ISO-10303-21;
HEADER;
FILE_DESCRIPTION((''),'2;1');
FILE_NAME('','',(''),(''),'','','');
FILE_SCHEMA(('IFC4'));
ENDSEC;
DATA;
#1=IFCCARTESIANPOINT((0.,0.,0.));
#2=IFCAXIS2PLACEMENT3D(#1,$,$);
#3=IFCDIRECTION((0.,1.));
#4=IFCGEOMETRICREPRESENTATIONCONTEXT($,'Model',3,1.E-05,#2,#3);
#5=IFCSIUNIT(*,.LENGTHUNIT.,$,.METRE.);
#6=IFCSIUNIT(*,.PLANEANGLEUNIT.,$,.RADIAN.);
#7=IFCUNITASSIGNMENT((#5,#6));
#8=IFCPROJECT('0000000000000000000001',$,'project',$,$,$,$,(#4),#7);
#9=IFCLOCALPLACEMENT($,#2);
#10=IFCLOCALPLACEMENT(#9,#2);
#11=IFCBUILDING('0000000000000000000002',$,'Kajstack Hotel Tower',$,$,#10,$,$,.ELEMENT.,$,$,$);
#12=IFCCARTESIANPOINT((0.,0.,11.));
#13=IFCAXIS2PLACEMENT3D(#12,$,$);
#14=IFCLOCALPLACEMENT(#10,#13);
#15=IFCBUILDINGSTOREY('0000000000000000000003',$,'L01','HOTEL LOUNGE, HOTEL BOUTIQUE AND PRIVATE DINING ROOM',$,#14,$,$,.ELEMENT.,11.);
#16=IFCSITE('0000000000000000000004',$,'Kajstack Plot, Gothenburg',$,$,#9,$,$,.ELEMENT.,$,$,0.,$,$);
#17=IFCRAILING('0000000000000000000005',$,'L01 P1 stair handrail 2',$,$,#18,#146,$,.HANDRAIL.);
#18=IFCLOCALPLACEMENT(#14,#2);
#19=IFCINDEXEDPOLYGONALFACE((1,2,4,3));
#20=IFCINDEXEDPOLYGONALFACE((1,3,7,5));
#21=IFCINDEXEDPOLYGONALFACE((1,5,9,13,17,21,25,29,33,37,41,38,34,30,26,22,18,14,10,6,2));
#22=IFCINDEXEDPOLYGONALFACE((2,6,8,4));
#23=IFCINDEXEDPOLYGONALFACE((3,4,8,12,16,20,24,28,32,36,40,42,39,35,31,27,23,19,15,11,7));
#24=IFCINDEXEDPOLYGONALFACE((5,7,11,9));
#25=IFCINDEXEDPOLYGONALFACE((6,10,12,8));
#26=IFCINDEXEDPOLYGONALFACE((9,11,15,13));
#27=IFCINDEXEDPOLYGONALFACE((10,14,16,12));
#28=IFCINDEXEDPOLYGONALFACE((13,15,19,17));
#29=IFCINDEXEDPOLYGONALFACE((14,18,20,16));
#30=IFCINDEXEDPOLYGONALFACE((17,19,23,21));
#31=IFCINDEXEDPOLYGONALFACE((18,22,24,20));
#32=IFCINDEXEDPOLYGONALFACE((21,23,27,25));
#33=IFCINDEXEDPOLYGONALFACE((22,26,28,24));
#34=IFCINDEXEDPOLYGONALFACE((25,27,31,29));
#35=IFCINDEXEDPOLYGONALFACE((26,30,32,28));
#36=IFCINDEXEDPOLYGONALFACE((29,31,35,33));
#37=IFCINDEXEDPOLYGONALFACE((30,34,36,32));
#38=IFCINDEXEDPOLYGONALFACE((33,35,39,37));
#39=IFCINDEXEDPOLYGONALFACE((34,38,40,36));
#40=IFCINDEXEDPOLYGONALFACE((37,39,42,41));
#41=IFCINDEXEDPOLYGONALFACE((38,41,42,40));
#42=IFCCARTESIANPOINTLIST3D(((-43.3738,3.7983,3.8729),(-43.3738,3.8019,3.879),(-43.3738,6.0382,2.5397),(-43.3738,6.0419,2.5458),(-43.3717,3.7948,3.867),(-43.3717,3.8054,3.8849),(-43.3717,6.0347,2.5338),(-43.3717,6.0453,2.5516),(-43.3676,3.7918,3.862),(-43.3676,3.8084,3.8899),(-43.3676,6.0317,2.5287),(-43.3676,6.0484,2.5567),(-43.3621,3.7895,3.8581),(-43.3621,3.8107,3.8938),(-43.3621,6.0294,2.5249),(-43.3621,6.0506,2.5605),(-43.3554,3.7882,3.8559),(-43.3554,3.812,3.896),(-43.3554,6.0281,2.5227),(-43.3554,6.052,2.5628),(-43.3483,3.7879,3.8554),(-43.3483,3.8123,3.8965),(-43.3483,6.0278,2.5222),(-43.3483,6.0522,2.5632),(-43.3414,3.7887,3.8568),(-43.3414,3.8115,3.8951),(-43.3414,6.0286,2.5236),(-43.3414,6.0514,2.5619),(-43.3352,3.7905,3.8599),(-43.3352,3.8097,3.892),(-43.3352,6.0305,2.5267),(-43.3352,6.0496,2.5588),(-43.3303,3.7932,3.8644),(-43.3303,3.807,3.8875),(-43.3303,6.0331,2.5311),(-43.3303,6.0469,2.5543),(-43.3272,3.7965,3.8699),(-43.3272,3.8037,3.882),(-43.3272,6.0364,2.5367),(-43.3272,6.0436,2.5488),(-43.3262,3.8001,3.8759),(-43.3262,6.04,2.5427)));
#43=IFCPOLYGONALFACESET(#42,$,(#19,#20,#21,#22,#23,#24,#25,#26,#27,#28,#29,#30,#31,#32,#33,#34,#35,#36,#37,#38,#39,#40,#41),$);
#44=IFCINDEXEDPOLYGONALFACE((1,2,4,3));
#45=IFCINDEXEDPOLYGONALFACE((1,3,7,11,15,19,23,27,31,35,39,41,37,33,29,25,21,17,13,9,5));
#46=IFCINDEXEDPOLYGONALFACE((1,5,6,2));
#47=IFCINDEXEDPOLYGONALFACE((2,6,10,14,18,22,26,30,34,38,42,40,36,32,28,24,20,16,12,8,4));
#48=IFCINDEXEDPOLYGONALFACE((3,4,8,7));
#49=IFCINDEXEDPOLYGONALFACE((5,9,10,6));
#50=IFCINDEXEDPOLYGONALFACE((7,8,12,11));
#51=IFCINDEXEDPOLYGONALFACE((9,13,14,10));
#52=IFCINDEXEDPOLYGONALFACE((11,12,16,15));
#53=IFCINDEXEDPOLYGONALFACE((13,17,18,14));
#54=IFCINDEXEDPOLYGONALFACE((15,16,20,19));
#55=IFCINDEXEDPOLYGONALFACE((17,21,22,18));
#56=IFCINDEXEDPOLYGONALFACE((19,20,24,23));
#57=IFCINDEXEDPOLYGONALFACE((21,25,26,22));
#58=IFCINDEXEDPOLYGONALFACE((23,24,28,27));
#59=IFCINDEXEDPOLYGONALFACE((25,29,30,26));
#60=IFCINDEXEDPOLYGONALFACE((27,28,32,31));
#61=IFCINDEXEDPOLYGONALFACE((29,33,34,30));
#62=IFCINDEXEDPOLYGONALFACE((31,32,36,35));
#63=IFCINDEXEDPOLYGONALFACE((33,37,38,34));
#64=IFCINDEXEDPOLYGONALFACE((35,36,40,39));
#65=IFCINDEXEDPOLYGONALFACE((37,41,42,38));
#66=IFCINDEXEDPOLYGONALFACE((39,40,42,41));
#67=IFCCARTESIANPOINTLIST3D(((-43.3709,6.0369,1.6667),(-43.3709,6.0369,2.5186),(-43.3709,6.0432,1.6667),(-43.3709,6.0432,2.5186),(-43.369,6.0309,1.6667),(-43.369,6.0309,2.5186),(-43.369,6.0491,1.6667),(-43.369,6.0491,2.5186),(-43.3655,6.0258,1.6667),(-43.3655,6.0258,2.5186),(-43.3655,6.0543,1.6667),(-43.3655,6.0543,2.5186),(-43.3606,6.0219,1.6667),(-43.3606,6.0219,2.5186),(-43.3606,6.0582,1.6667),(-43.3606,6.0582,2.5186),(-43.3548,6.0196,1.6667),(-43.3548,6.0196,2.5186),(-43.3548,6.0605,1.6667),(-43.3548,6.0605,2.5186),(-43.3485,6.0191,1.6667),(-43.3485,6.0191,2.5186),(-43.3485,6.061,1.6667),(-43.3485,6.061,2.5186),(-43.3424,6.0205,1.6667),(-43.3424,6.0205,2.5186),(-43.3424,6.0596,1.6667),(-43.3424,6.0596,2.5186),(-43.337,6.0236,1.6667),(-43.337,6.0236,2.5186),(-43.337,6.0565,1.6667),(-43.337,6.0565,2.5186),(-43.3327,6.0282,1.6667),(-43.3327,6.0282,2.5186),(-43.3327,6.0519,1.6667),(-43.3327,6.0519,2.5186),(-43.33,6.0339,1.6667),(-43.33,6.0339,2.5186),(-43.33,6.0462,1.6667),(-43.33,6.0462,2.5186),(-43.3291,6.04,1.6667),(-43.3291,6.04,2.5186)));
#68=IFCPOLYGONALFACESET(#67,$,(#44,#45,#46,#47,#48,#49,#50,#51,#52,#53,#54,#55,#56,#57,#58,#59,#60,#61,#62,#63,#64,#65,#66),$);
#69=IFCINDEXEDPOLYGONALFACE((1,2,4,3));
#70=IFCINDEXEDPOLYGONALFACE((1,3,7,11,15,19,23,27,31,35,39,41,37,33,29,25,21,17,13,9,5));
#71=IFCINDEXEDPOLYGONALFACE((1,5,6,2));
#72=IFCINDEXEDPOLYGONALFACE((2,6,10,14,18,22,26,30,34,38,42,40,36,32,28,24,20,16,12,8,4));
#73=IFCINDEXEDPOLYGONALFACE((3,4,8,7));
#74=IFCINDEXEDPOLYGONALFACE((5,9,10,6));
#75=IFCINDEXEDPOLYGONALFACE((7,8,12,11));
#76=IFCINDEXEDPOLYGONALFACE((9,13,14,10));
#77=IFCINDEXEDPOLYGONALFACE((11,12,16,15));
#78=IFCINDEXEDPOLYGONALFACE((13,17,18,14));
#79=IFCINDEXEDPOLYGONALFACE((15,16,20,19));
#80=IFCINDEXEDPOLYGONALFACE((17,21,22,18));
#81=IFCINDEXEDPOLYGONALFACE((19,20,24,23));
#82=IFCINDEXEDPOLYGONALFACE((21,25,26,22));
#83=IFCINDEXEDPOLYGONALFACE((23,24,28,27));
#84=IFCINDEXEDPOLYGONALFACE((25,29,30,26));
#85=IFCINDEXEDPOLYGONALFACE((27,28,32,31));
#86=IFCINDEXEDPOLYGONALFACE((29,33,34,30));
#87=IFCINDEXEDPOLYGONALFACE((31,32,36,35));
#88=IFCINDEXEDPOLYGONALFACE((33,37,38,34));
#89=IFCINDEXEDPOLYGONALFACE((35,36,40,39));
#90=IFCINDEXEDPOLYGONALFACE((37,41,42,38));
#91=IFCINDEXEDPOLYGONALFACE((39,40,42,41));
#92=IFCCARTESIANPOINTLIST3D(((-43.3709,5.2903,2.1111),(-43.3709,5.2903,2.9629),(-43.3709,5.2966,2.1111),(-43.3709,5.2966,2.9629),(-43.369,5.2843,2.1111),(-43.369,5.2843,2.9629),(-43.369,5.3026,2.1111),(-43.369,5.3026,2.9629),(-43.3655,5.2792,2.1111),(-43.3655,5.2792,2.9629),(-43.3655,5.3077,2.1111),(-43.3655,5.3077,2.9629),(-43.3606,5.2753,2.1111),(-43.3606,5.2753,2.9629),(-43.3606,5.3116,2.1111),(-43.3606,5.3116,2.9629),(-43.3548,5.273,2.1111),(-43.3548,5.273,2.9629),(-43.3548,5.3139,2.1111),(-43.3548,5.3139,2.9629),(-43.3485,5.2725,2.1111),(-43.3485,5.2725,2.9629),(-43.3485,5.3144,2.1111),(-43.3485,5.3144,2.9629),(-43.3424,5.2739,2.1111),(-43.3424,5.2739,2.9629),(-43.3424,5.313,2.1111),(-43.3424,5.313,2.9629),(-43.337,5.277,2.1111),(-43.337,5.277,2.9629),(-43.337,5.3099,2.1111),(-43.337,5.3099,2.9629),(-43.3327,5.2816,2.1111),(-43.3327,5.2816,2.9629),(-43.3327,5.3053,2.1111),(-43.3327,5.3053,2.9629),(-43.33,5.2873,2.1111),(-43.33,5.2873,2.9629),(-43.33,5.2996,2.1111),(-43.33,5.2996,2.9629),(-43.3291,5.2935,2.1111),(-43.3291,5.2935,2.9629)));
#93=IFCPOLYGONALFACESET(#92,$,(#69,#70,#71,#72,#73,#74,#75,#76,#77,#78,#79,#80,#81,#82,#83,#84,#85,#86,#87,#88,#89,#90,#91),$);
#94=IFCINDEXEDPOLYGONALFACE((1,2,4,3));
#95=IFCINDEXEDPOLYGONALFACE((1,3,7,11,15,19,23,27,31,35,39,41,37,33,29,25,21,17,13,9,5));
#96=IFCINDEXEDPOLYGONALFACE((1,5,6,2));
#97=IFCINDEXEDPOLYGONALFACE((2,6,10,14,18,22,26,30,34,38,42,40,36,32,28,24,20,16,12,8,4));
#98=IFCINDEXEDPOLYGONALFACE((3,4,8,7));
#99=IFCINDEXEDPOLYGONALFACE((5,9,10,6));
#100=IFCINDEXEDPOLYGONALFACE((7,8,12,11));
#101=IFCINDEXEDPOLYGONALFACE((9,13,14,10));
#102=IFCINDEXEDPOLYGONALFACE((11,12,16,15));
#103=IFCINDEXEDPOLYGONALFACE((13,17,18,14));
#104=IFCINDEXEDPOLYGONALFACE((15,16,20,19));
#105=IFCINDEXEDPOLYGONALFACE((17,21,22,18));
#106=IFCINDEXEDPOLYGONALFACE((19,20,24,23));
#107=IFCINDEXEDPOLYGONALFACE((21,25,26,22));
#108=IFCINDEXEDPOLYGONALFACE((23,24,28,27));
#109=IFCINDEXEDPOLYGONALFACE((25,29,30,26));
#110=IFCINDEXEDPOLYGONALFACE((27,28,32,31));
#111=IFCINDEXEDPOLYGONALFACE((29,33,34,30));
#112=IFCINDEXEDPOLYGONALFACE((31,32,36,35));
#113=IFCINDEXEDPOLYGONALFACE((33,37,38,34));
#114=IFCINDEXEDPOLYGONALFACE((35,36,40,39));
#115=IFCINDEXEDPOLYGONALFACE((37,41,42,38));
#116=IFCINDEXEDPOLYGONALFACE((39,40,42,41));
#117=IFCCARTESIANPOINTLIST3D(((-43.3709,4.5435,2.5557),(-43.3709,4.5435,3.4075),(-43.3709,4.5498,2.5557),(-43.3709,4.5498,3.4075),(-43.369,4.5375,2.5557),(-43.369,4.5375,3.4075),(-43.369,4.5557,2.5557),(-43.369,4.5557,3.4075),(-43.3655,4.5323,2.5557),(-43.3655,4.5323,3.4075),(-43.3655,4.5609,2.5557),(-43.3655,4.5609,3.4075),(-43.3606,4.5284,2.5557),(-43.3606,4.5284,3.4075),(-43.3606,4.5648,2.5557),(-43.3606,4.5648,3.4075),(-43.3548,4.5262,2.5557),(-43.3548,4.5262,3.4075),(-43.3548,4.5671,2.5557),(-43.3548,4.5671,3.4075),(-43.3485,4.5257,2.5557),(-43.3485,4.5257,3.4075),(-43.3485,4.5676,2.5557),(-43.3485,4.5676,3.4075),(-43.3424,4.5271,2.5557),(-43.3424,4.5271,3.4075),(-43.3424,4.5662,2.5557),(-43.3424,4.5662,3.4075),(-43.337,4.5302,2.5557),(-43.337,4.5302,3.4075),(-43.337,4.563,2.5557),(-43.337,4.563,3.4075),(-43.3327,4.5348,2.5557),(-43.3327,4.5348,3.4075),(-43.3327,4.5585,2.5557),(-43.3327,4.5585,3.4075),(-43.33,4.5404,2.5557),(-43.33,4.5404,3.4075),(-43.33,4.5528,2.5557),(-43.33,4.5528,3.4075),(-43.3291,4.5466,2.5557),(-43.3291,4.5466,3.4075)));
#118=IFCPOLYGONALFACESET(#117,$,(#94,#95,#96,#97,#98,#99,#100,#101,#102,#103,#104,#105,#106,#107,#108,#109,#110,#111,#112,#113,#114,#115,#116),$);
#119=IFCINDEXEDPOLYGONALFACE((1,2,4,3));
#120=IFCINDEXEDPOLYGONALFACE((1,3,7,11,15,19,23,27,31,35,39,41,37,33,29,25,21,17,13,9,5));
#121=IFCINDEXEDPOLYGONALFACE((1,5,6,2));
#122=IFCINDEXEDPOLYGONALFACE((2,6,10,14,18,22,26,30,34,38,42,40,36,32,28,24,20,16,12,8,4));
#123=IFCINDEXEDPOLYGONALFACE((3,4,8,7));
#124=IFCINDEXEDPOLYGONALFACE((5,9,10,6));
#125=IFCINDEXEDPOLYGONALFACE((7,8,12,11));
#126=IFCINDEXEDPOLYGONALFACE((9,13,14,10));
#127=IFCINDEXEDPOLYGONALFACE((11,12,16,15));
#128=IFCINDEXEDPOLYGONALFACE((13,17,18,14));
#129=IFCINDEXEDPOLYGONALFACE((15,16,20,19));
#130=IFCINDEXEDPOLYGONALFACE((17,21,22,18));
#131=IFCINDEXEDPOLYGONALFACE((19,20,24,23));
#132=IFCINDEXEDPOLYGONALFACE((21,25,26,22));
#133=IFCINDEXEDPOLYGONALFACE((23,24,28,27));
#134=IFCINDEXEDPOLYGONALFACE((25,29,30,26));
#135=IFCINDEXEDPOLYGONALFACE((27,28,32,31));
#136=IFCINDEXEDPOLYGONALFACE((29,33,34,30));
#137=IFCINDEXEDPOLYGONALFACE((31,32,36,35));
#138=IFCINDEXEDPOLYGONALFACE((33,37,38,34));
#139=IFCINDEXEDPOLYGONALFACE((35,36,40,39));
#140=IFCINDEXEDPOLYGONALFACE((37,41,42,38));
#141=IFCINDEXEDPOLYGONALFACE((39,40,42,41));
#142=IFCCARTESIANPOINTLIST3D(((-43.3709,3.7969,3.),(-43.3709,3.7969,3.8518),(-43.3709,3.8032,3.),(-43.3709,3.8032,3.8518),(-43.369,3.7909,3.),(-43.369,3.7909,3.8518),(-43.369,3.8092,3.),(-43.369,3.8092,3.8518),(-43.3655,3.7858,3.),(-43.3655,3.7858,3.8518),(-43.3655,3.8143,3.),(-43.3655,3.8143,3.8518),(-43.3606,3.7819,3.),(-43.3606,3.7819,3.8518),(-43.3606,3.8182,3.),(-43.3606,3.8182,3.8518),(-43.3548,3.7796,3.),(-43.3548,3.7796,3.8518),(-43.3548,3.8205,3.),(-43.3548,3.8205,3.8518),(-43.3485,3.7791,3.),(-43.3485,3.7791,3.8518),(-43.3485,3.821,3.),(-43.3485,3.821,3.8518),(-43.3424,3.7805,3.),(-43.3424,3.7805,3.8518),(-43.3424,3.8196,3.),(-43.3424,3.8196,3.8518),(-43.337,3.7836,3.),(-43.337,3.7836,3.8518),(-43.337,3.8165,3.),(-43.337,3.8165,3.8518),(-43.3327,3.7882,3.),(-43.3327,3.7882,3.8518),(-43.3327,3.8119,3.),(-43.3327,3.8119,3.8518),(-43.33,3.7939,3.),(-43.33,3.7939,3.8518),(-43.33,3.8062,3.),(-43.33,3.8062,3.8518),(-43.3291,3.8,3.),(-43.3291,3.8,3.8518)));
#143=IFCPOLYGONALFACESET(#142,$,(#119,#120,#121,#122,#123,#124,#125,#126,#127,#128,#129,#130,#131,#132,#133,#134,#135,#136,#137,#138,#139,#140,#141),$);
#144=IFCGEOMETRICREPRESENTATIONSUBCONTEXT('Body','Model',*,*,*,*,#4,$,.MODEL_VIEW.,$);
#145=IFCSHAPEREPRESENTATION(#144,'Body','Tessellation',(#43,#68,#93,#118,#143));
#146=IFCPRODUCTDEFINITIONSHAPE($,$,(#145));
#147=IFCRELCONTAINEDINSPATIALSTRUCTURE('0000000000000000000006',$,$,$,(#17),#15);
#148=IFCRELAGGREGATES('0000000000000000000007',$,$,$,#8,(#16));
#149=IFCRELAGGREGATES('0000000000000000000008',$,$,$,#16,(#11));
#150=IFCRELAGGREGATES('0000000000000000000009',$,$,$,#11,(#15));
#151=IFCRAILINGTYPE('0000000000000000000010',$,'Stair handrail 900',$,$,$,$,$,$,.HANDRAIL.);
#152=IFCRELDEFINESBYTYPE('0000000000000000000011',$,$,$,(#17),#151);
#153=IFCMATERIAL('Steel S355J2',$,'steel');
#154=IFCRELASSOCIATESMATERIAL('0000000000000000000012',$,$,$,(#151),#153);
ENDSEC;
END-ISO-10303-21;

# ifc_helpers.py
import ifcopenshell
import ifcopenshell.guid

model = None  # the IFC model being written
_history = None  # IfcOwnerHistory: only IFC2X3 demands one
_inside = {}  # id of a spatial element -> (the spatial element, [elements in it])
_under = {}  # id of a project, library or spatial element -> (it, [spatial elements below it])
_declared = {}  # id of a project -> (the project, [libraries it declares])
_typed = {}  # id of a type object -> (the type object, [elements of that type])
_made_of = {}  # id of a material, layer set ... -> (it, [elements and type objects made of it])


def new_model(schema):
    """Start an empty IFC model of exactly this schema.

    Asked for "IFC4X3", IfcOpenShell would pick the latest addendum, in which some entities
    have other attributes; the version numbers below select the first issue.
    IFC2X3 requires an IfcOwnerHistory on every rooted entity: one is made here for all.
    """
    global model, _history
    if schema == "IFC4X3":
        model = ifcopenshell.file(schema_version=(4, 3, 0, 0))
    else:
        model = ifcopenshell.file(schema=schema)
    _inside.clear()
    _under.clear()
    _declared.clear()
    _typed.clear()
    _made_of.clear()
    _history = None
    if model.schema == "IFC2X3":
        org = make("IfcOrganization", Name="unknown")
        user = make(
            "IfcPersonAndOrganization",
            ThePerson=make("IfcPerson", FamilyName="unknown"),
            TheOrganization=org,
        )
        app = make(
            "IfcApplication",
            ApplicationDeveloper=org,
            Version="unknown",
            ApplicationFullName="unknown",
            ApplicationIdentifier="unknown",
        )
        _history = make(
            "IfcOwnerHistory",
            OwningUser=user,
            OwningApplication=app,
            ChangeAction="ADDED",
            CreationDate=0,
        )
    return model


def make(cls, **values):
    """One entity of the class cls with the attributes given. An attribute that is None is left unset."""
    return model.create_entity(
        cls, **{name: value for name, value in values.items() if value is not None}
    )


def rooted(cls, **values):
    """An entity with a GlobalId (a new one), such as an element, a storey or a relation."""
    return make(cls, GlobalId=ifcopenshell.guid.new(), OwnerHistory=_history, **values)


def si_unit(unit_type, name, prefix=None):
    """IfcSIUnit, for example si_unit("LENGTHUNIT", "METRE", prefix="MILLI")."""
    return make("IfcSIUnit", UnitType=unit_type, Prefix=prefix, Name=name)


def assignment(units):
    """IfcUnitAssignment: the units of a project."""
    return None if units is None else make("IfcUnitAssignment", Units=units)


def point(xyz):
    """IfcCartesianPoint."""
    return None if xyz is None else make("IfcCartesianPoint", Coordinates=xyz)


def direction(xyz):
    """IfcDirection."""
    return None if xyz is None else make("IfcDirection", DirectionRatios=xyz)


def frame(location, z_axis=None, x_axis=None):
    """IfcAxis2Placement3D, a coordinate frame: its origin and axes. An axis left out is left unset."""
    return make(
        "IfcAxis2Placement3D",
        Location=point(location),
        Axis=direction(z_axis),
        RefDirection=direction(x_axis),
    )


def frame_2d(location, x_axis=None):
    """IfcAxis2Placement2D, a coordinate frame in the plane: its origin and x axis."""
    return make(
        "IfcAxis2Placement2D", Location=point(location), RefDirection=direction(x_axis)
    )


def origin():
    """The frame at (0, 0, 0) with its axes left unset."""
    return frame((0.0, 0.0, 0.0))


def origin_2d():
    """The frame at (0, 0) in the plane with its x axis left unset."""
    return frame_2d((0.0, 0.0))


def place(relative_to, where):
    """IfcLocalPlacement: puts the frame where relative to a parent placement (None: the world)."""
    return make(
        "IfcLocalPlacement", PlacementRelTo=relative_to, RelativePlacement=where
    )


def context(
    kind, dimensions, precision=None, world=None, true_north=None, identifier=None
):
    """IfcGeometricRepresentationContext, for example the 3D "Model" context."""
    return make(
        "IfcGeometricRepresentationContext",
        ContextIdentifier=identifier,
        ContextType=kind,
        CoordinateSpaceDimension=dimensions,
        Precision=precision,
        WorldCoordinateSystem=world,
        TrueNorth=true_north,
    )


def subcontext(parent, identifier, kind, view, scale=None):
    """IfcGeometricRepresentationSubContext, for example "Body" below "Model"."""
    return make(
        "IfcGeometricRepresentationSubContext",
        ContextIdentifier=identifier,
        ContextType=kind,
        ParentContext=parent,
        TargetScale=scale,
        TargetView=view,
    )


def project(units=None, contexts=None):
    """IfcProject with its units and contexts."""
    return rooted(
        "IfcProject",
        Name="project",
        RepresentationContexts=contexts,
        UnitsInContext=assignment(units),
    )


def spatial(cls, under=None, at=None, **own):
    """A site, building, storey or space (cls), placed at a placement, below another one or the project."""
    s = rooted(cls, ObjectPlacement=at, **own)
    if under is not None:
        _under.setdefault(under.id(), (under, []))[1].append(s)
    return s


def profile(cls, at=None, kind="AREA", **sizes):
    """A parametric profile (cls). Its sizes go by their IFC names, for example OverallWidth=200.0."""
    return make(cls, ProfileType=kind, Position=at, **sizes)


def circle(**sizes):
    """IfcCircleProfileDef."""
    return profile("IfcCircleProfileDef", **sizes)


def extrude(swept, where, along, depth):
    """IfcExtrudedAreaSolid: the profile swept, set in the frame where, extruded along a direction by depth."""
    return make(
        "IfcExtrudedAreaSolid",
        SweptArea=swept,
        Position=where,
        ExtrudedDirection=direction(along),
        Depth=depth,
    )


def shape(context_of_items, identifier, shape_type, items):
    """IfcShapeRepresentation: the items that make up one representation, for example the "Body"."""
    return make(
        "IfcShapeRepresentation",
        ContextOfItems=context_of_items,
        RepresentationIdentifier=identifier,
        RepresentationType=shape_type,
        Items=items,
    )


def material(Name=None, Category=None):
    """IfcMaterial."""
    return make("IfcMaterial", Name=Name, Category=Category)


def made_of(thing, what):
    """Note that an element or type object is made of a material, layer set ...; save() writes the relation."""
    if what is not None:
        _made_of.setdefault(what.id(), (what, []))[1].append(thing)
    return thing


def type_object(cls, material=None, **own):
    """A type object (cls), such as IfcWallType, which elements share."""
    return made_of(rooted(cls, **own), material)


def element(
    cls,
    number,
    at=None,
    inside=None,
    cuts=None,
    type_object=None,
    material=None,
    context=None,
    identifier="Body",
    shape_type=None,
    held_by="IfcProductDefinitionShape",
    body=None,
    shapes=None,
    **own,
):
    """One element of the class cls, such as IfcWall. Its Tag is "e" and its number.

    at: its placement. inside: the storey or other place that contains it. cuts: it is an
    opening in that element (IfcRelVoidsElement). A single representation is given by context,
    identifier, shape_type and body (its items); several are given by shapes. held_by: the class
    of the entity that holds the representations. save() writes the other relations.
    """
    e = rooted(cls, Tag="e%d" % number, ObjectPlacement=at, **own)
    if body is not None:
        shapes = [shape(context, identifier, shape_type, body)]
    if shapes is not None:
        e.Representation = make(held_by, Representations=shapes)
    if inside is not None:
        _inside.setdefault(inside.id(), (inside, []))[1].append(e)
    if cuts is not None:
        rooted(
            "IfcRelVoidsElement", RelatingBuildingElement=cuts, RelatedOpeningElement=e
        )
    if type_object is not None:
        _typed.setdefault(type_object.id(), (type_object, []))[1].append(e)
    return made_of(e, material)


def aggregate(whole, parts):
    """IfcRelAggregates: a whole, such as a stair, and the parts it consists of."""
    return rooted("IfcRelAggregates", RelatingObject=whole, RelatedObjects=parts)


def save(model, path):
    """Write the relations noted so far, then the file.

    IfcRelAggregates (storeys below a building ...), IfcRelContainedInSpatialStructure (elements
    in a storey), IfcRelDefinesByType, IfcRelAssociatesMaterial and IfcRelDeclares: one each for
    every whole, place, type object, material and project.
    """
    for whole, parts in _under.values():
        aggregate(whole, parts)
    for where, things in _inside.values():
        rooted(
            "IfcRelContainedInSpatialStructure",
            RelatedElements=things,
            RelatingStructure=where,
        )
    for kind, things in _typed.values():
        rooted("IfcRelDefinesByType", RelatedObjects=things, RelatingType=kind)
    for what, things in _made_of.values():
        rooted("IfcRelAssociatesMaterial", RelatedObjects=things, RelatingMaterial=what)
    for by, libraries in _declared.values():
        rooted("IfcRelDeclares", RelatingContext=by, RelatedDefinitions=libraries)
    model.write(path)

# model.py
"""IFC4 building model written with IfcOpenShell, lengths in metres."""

from ifc_helpers import new_model, si_unit, direction, frame, origin, origin_2d, place, context, subcontext, project, spatial, circle, extrude, material, type_object, element, save


model = new_model("IFC4")

# Units and contexts
model_context = context("Model", 3, precision=1e-05, world=origin(), true_north=direction((0.0, 1.0)))
body_context = subcontext(model_context, "Body", "Model", "MODEL_VIEW")
ifc_project = project(units=[si_unit("LENGTHUNIT", "METRE"), si_unit("PLANEANGLEUNIT", "RADIAN")], contexts=[model_context])

# Site, building, storey
site_placement = place(None, origin())
site = spatial("IfcSite", under=ifc_project, at=site_placement, Name="Kajstack Plot, Gothenburg", CompositionType="ELEMENT", RefElevation=0.0)
building_placement = place(site_placement, origin())
building = spatial("IfcBuilding", under=site, at=building_placement, Name="Kajstack Hotel Tower", CompositionType="ELEMENT")
storey_placement = place(building_placement, frame((0.0, 0.0, 11.0)))
storey = spatial("IfcBuildingStorey", under=building, at=storey_placement, Name="L01", Description="HOTEL LOUNGE, HOTEL BOUTIQUE AND PRIVATE DINING ROOM", CompositionType="ELEMENT", Elevation=11.0)

# Railing
ifc_material_1 = material(Name="Steel S355J2", Category="steel")
railing_type_1 = type_object("IfcRailingType", Name="Stair handrail 900", PredefinedType="HANDRAIL", material=ifc_material_1)
railing_1_placement = place(storey_placement, frame((-43.3501, 6.04, 1.6667)))
element("IfcRailing", 1, at=railing_1_placement, inside=storey, type_object=railing_type_1, Name="L01 P1 stair handrail 2", PredefinedType="HANDRAIL", context=body_context, shape_type="SweptSolid", body=[
    extrude(circle(Radius=0.0239, at=origin_2d()), frame((0.0, 0.0, 0.876), z_axis=(0.0, -0.859306, 0.511462), x_axis=(1.0, 0.0, 0.0)), (0.0, 0.0, 1.0), 2.6067),
    extrude(circle(Radius=0.021, at=origin_2d()), origin(), (0.0, 0.0, 1.0), 0.8518),
    extrude(circle(Radius=0.021, at=origin_2d()), frame((0.0, -0.7466, 0.4443)), (0.0, 0.0, 1.0), 0.8518),
    extrude(circle(Radius=0.021, at=origin_2d()), frame((0.0, -1.4934, 0.8889)), (0.0, 0.0, 1.0), 0.8518),
    extrude(circle(Radius=0.021, at=origin_2d()), frame((0.0, -2.24, 1.3333)), (0.0, 0.0, 1.0), 0.8518),
])

save(model, "model.ifc")
